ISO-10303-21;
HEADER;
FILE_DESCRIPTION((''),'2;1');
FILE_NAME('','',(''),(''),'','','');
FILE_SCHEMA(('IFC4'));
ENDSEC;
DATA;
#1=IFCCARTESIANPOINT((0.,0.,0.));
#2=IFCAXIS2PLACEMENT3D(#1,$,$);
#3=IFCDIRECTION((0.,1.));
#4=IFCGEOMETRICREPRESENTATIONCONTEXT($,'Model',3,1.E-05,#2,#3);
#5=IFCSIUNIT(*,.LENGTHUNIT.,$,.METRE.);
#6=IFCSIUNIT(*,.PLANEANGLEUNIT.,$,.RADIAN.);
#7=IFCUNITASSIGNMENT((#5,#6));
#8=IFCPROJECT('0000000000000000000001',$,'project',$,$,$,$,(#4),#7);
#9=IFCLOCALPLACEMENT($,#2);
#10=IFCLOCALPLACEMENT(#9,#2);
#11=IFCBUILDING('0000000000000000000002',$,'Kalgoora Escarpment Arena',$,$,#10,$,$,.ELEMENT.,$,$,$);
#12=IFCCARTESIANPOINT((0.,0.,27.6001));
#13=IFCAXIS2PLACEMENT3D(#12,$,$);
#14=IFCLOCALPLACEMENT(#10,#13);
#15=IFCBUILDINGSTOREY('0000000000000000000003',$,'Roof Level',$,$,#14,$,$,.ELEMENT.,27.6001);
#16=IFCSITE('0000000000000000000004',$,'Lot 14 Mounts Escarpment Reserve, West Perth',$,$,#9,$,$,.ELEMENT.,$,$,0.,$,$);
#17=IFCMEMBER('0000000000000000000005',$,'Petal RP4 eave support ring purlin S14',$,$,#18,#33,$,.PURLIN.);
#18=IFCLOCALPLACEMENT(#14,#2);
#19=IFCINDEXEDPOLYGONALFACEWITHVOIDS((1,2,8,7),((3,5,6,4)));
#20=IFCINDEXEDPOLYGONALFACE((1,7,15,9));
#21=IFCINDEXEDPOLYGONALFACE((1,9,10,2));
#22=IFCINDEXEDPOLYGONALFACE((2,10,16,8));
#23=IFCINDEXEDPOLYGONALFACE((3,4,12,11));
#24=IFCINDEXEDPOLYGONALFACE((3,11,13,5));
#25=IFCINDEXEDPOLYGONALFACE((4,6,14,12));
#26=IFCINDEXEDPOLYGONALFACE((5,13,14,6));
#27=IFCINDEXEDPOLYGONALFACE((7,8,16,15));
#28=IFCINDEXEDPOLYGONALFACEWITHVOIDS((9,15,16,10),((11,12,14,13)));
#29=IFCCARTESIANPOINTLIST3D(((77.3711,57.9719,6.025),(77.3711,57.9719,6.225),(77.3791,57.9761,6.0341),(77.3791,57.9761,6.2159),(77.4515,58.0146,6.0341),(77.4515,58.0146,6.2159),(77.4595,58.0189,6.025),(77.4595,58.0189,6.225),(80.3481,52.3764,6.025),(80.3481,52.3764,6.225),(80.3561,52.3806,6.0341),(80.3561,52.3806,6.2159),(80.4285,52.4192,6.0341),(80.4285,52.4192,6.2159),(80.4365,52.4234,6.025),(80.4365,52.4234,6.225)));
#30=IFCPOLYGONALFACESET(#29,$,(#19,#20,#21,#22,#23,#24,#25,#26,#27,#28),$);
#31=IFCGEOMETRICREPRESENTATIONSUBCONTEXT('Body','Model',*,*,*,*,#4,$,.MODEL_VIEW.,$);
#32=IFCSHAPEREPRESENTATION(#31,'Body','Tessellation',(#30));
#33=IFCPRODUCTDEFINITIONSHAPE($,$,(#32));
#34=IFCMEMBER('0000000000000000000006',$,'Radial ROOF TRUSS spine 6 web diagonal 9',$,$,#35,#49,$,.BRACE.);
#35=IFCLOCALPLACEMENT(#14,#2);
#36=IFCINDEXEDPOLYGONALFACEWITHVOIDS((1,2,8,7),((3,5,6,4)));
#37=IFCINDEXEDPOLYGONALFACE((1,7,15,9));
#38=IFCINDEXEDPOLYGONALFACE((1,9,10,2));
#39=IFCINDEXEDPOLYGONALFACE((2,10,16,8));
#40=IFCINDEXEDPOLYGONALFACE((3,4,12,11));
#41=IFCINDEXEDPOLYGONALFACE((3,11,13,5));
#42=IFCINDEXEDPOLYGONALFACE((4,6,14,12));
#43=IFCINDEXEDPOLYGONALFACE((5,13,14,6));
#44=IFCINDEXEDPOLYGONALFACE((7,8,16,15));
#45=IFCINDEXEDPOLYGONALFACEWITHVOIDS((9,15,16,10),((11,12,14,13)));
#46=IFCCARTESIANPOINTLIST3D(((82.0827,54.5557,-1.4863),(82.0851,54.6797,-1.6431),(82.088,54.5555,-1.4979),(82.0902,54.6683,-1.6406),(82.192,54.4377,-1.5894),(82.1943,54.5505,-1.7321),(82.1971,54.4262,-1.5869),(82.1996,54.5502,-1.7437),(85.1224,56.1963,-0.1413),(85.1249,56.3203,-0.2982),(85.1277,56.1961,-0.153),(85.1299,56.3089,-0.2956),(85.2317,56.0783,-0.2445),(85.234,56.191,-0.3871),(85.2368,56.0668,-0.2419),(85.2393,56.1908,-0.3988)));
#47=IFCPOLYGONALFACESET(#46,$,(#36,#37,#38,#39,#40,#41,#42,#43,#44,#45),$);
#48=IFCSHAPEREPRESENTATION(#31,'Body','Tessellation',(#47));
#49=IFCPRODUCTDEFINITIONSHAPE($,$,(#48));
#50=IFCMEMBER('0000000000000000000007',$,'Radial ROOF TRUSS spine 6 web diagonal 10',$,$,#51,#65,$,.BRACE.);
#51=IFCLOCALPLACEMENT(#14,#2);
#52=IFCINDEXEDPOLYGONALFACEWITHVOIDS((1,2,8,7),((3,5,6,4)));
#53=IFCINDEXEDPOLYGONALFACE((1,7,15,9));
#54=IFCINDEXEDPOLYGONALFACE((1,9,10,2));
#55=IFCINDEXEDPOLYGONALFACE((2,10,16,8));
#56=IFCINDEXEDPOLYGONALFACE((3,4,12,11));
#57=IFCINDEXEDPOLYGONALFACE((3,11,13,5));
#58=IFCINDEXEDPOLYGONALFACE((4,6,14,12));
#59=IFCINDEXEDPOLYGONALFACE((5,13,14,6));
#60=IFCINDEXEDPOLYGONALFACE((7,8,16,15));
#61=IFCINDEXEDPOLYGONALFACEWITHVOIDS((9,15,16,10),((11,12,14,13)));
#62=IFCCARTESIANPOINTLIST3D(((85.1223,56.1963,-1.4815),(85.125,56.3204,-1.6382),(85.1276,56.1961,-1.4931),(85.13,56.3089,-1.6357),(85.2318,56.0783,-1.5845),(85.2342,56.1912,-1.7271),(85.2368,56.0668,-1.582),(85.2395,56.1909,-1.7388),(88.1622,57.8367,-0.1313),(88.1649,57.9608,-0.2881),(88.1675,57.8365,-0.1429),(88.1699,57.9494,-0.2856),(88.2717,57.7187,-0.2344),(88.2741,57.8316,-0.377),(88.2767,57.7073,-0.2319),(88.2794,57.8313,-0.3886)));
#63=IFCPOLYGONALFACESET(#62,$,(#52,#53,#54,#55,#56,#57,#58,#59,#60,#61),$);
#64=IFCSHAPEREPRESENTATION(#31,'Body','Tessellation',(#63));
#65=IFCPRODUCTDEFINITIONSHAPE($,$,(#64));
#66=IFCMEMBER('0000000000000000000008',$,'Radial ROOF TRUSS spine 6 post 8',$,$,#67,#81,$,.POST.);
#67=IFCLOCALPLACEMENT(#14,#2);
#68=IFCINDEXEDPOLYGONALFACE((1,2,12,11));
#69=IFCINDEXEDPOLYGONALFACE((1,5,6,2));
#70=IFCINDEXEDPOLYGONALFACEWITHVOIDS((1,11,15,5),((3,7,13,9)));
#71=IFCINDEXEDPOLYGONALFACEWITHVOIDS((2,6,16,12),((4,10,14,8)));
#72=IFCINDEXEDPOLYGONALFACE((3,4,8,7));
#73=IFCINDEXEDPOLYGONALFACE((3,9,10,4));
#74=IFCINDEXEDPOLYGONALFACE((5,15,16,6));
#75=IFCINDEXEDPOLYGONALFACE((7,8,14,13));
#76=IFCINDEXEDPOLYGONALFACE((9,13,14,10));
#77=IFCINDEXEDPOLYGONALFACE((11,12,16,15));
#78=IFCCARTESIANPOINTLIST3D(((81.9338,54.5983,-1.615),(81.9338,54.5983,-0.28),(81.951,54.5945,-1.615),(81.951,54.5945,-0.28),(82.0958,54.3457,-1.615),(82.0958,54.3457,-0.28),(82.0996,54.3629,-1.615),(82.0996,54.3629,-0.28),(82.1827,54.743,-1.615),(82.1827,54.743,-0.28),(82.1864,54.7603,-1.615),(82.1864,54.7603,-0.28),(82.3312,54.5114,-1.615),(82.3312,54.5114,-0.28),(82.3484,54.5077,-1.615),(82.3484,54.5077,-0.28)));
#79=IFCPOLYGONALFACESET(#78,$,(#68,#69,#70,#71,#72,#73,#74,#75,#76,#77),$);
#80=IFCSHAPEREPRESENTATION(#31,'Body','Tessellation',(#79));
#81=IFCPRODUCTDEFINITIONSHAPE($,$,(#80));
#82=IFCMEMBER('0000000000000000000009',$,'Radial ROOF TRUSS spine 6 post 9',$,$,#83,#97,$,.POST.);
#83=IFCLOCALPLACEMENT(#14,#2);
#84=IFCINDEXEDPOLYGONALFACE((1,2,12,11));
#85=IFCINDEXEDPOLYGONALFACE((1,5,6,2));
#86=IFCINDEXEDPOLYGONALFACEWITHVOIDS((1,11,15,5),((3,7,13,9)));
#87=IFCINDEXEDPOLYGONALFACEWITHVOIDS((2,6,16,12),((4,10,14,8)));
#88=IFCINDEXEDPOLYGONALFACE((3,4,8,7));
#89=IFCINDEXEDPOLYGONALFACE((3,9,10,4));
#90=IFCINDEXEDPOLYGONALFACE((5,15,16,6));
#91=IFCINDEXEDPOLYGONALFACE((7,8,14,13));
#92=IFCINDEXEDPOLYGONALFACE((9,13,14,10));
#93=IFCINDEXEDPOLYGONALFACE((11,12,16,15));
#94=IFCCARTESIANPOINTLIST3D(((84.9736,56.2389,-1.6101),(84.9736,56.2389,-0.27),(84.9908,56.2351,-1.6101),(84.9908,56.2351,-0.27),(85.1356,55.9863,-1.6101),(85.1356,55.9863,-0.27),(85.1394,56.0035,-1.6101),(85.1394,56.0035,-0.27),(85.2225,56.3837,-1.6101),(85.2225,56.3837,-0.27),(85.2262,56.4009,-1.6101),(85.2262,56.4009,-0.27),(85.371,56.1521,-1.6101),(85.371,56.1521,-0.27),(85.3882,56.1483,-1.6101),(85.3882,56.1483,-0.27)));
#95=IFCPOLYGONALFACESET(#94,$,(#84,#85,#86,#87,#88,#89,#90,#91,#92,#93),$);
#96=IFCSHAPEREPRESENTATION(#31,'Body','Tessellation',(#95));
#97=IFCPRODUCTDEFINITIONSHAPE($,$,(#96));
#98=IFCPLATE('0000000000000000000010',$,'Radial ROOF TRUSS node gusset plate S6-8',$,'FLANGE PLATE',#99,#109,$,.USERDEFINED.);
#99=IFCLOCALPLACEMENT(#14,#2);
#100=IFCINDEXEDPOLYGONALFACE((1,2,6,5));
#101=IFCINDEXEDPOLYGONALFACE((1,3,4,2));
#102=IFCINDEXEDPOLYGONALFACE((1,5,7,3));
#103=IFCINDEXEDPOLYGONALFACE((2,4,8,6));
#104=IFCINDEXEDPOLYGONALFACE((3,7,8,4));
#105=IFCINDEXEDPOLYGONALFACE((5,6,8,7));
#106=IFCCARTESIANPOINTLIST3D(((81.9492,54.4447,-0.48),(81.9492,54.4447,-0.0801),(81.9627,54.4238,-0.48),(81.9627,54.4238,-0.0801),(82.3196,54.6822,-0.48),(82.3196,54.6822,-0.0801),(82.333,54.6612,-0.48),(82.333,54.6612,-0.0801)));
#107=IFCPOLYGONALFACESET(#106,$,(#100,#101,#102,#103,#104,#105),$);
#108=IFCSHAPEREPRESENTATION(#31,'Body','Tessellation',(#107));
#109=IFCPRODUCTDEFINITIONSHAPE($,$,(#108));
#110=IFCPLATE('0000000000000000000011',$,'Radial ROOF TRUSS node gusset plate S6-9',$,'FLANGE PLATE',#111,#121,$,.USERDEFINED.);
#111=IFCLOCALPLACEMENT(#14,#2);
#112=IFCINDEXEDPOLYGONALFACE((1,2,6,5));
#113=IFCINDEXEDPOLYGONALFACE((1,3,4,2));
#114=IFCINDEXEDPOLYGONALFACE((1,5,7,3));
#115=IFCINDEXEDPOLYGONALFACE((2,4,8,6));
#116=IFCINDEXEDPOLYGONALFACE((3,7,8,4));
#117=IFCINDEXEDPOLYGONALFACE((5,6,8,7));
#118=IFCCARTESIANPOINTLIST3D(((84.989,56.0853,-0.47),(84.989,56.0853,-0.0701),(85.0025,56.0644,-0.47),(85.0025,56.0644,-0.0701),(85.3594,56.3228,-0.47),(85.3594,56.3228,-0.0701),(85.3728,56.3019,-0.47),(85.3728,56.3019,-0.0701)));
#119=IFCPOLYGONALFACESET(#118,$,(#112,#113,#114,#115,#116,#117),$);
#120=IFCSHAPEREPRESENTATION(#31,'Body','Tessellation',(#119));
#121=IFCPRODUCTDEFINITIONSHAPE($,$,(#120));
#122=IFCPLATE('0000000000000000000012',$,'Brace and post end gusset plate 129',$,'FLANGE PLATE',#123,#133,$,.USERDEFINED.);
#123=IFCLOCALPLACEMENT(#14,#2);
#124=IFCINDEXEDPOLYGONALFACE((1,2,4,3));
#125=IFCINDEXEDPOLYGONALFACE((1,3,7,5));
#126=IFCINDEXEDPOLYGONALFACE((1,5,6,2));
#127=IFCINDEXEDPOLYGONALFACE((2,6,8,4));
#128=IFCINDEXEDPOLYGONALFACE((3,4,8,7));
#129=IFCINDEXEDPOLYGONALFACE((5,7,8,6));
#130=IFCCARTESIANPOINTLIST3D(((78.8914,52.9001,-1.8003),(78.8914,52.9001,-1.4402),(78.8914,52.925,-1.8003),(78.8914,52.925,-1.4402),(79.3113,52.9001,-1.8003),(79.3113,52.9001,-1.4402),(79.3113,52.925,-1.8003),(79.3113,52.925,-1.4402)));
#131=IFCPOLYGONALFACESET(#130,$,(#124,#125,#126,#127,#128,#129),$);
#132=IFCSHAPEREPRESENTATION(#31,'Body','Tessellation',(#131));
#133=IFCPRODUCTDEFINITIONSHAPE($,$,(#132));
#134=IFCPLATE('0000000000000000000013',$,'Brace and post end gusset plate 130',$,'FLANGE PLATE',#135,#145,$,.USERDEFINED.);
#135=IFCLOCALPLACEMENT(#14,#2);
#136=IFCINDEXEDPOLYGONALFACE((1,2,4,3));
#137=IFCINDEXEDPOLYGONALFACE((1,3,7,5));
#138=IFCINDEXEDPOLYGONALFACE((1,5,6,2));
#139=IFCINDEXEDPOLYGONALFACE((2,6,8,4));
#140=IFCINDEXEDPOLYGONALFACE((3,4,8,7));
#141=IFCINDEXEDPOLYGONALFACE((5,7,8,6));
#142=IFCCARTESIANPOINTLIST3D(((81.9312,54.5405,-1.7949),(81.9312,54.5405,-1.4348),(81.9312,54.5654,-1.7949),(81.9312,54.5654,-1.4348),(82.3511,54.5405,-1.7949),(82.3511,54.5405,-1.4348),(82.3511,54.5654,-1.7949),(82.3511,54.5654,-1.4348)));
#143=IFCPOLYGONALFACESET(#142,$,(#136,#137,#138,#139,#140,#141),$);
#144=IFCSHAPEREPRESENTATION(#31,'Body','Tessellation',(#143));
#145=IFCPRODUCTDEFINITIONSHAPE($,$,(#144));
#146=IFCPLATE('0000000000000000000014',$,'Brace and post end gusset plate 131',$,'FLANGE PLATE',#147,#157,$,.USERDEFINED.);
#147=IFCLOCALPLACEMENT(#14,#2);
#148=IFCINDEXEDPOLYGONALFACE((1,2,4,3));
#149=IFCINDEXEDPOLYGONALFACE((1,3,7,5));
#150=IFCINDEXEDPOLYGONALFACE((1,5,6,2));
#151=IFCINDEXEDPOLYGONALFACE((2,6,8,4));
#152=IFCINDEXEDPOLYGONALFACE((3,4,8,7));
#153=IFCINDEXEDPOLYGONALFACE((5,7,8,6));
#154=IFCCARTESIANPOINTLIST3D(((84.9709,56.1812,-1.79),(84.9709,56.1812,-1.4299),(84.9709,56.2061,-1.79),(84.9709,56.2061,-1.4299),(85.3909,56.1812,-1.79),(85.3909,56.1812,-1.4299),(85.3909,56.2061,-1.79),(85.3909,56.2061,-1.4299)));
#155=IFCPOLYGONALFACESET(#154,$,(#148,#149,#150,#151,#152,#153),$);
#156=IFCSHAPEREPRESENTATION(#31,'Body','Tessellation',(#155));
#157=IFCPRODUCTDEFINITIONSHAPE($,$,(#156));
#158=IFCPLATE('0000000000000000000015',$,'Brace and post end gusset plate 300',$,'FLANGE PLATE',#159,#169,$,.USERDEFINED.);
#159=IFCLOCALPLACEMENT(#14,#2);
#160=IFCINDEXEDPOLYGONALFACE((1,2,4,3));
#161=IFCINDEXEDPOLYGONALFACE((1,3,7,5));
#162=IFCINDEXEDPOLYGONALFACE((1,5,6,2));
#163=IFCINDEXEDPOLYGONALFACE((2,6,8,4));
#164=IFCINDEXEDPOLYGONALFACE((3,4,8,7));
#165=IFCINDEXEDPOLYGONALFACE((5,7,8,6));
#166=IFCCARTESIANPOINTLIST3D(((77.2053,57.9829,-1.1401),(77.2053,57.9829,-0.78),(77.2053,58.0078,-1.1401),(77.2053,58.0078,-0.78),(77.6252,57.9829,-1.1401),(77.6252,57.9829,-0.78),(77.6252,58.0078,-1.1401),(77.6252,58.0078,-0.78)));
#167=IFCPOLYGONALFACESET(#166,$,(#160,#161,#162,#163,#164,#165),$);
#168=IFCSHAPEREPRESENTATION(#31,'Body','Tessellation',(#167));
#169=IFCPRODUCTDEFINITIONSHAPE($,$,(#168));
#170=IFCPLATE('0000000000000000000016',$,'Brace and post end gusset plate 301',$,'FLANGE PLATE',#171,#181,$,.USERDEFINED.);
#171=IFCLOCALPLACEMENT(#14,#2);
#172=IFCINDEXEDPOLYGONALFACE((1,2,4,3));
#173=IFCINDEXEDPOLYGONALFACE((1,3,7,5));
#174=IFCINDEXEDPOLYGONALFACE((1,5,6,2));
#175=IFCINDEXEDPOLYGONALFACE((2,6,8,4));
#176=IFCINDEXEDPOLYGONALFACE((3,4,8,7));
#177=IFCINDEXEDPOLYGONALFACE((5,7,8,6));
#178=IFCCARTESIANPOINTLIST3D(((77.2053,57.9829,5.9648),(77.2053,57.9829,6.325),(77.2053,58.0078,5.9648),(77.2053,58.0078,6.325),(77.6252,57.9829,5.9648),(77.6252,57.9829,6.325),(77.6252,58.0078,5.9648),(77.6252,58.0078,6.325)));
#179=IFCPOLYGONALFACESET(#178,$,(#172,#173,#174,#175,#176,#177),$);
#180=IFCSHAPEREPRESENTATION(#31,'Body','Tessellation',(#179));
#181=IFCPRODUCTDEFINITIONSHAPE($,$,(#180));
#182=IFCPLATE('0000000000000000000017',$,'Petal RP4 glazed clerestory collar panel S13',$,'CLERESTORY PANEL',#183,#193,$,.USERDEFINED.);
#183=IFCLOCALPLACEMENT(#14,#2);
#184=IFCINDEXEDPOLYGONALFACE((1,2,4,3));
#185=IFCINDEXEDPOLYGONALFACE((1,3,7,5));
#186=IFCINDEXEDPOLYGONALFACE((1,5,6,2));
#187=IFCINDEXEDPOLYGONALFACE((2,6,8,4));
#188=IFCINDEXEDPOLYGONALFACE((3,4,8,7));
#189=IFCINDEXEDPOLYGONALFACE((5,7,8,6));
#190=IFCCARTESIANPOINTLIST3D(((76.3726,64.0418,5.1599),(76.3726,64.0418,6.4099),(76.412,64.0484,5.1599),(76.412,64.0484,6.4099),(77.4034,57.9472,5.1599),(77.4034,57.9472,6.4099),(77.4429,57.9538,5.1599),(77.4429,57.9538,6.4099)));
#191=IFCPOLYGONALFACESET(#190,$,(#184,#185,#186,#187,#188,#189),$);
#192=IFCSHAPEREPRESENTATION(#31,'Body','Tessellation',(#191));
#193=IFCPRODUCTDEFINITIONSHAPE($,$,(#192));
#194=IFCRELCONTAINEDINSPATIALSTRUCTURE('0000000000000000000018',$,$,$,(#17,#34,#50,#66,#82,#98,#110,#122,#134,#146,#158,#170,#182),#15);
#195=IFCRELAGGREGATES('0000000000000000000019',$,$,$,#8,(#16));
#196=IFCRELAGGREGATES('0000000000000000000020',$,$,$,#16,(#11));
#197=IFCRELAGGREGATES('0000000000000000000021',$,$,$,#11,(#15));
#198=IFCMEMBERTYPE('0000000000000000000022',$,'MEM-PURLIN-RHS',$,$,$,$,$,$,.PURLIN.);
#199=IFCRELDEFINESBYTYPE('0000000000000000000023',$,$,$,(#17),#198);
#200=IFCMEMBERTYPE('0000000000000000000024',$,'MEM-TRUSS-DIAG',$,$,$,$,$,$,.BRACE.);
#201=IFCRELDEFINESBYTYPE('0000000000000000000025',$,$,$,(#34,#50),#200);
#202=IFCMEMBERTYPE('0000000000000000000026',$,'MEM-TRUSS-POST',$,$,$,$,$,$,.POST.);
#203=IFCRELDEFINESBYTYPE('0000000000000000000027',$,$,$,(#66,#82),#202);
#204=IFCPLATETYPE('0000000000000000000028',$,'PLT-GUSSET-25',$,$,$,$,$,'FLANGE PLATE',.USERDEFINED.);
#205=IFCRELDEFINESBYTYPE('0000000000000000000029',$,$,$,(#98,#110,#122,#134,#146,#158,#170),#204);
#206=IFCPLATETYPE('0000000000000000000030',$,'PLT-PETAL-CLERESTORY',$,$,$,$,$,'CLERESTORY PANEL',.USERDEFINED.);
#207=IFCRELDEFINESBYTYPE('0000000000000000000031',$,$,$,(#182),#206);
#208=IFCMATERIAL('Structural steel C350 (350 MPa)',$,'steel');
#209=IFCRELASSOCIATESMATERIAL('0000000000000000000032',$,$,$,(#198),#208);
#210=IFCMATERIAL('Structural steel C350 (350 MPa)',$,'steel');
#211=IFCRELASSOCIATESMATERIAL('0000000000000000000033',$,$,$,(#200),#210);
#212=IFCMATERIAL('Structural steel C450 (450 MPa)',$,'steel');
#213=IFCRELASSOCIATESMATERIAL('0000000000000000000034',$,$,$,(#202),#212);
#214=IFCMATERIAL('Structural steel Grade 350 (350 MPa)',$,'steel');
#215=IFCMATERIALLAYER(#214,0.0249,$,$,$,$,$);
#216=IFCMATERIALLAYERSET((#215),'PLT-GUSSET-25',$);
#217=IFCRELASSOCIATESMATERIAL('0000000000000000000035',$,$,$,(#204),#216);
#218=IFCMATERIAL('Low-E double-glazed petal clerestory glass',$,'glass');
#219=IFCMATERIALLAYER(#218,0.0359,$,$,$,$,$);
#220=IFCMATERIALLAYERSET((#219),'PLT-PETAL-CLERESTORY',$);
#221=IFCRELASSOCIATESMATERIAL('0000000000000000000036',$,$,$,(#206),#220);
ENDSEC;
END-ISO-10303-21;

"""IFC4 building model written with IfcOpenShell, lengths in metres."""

from ifc_helpers import new_model, si_unit, direction, frame, origin, origin_2d, place, context, subcontext, project, spatial, rectangle, hollow_rectangle, extrude, material, layer, layer_set, material_profile, profile_set, type_object, element, save


model = new_model("IFC4")

# Units and contexts
model_context = context("Model", 3, precision=1e-05, world=origin(), true_north=direction((0.0, 1.0)))
body_context = subcontext(model_context, "Body", "Model", "MODEL_VIEW")
ifc_project = project(units=[si_unit("LENGTHUNIT", "METRE"), si_unit("PLANEANGLEUNIT", "RADIAN")], contexts=[model_context])

# Site, building, storey
site_placement = place(None, origin())
site = spatial("IfcSite", under=ifc_project, at=site_placement, Name="Lot 14 Mounts Escarpment Reserve, West Perth", CompositionType="ELEMENT", RefElevation=0.0)
building_placement = place(site_placement, origin())
building = spatial("IfcBuilding", under=site, at=building_placement, Name="Kalgoora Escarpment Arena", CompositionType="ELEMENT")
storey_placement = place(building_placement, frame((0.0, 0.0, 27.6001)))
storey = spatial("IfcBuildingStorey", under=building, at=storey_placement, Name="Roof Level", CompositionType="ELEMENT", Elevation=27.6001)

# Members
ifc_material_1 = material(Name="Structural steel C350 (350 MPa)", Category="steel")
ifc_material_profile_1 = material_profile(ifc_material_1, hollow_rectangle(XDim=0.1001, YDim=0.2, WallThickness=0.009, at=origin_2d()))
ifc_profile_set_1 = profile_set([ifc_material_profile_1], Name="Structural steel C350 (350 MPa)")
member_type_1 = type_object("IfcMemberType", Name="MEM-PURLIN-RHS", PredefinedType="PURLIN", material=ifc_profile_set_1)
member_1_placement = place(storey_placement, frame((77.4153, 57.9954, 6.125), z_axis=(0.469704, -0.882824, 0.0), x_axis=(0.882824, 0.469704, 0.0)))
element("IfcMember", 1, at=member_1_placement, inside=storey, type_object=member_type_1, Name="Petal RP4 eave support ring purlin S14", PredefinedType="PURLIN", context=body_context, shape_type="SweptSolid", body=[
    extrude(hollow_rectangle(XDim=0.1001, YDim=0.2, WallThickness=0.009, at=origin_2d()), origin(), (0.0, 0.0, 1.0), 6.3381),
])
ifc_material_2 = material(Name="Structural steel C350 (350 MPa)", Category="steel")
ifc_material_profile_2 = material_profile(ifc_material_2, hollow_rectangle(XDim=0.2, YDim=0.2, WallThickness=0.009, at=origin_2d()))
ifc_profile_set_2 = profile_set([ifc_material_profile_2], Name="Structural steel C350 (350 MPa)")
member_type_2 = type_object("IfcMemberType", Name="MEM-TRUSS-DIAG", PredefinedType="BRACE", material=ifc_profile_set_2)
member_2_placement = place(storey_placement, frame((82.1411, 54.553, -1.615), z_axis=(0.820042, 0.442589, 0.362831), x_axis=(-0.57217, 0.647764, 0.503015)))
element("IfcMember", 2, at=member_2_placement, inside=storey, type_object=member_type_2, Name="Radial ROOF TRUSS spine 6 web diagonal 9", PredefinedType="BRACE", context=body_context, shape_type="SweptSolid", body=[
    extrude(hollow_rectangle(XDim=0.2, YDim=0.2, WallThickness=0.009, at=origin_2d()), origin(), (0.0, 0.0, 1.0), 3.7068),
])
member_3_placement = place(storey_placement, frame((85.1809, 56.1936, -1.6101), z_axis=(0.819654, 0.442314, 0.364042), x_axis=(-0.572704, 0.647489, 0.50276)))
element("IfcMember", 3, at=member_3_placement, inside=storey, type_object=member_type_2, Name="Radial ROOF TRUSS spine 6 web diagonal 10", PredefinedType="BRACE", context=body_context, shape_type="SweptSolid", body=[
    extrude(hollow_rectangle(XDim=0.2, YDim=0.2, WallThickness=0.009, at=origin_2d()), origin(), (0.0, 0.0, 1.0), 3.7087),
])
ifc_material_3 = material(Name="Structural steel C450 (450 MPa)", Category="steel")
ifc_material_profile_3 = material_profile(ifc_material_3, hollow_rectangle(XDim=0.3, YDim=0.3, WallThickness=0.0125, at=origin_2d()))
ifc_profile_set_3 = profile_set([ifc_material_profile_3], Name="Structural steel C450 (450 MPa)")
member_type_3 = type_object("IfcMemberType", Name="MEM-TRUSS-POST", PredefinedType="POST", material=ifc_profile_set_3)
member_4_placement = place(storey_placement, frame((82.1411, 54.553, -1.615), z_axis=(0.0, 0.0, 1.0), x_axis=(0.841794, 0.5398, 0.0)))
element("IfcMember", 4, at=member_4_placement, inside=storey, type_object=member_type_3, Name="Radial ROOF TRUSS spine 6 post 8", PredefinedType="POST", context=body_context, shape_type="SweptSolid", body=[
    extrude(hollow_rectangle(XDim=0.3, YDim=0.3, WallThickness=0.0125, at=origin_2d()), origin(), (0.0, 0.0, 1.0), 1.335),
])
member_5_placement = place(storey_placement, frame((85.1809, 56.1936, -1.6101), z_axis=(0.0, 0.0, 1.0), x_axis=(0.841794, 0.5398, 0.0)))
element("IfcMember", 5, at=member_5_placement, inside=storey, type_object=member_type_3, Name="Radial ROOF TRUSS spine 6 post 9", PredefinedType="POST", context=body_context, shape_type="SweptSolid", body=[
    extrude(hollow_rectangle(XDim=0.3, YDim=0.3, WallThickness=0.0125, at=origin_2d()), origin(), (0.0, 0.0, 1.0), 1.3401),
])

# Plates
ifc_material_4 = material(Name="Structural steel Grade 350 (350 MPa)", Category="steel")
ifc_layer_1 = layer(ifc_material_4, 0.0249)
ifc_layer_set_1 = layer_set([ifc_layer_1], Name="PLT-GUSSET-25")
plate_type_1 = type_object("IfcPlateType", Name="PLT-GUSSET-25", ElementType="FLANGE PLATE", PredefinedType="USERDEFINED", material=ifc_layer_set_1)
for number, where, z_axis, x_axis, name in (
    (6, (82.1411, 54.553, -0.48), (0.0, 0.0, 1.0), (0.841794, 0.5398, 0.0), "Radial ROOF TRUSS node gusset plate S6-8"),
    (7, (85.1809, 56.1936, -0.47), (0.0, 0.0, 1.0), (0.841794, 0.5398, 0.0), "Radial ROOF TRUSS node gusset plate S6-9"),
):
    element("IfcPlate", number, at=place(storey_placement, frame(where, z_axis=z_axis, x_axis=x_axis)), inside=storey, type_object=plate_type_1, Name=name, ObjectType="FLANGE PLATE", PredefinedType="USERDEFINED", context=body_context, shape_type="SweptSolid", body=[
        extrude(rectangle(XDim=0.4399, YDim=0.0249, at=origin_2d()), origin(), (0.0, 0.0, 1.0), 0.3999),
    ])
for number, where, z_axis, x_axis, name in (
    (8, (79.1013, 52.9126, -1.8003), (0.0, 0.0, 1.0), (1.0, 0.0, 0.0), "Brace and post end gusset plate 129"),
    (9, (82.1411, 54.553, -1.7949), (0.0, 0.0, 1.0), (1.0, 0.0, 0.0), "Brace and post end gusset plate 130"),
    (10, (85.1809, 56.1936, -1.79), (0.0, 0.0, 1.0), (1.0, 0.0, 0.0), "Brace and post end gusset plate 131"),
    (11, (77.4153, 57.9954, -1.1401), (0.0, 0.0, 1.0), (1.0, 0.0, 0.0), "Brace and post end gusset plate 300"),
    (12, (77.4153, 57.9954, 5.9648), (0.0, 0.0, 1.0), (1.0, 0.0, 0.0), "Brace and post end gusset plate 301"),
):
    element("IfcPlate", number, at=place(storey_placement, frame(where, z_axis=z_axis, x_axis=x_axis)), inside=storey, type_object=plate_type_1, Name=name, ObjectType="FLANGE PLATE", PredefinedType="USERDEFINED", context=body_context, shape_type="SweptSolid", body=[
        extrude(rectangle(XDim=0.4199, YDim=0.0249, at=origin_2d()), origin(), (0.0, 0.0, 1.0), 0.3601),
    ])
ifc_material_5 = material(Name="Low-E double-glazed petal clerestory glass", Category="glass")
ifc_layer_2 = layer(ifc_material_5, 0.0359)
ifc_layer_set_2 = layer_set([ifc_layer_2], Name="PLT-PETAL-CLERESTORY")
plate_type_2 = type_object("IfcPlateType", Name="PLT-PETAL-CLERESTORY", ElementType="CLERESTORY PANEL", PredefinedType="USERDEFINED", material=ifc_layer_set_2)
plate_1_placement = place(storey_placement, frame((76.9077, 60.9978, 5.1599), z_axis=(0.0, 0.0, 1.0), x_axis=(0.166769, -0.985996, 0.0)))
element("IfcPlate", 13, at=plate_1_placement, inside=storey, type_object=plate_type_2, Name="Petal RP4 glazed clerestory collar panel S13", ObjectType="CLERESTORY PANEL", PredefinedType="USERDEFINED", context=body_context, shape_type="SweptSolid", body=[
    extrude(rectangle(XDim=6.1812, YDim=0.04, at=origin_2d()), origin(), (0.0, 0.0, 1.0), 1.25),
])

save(model, "model.ifc")
